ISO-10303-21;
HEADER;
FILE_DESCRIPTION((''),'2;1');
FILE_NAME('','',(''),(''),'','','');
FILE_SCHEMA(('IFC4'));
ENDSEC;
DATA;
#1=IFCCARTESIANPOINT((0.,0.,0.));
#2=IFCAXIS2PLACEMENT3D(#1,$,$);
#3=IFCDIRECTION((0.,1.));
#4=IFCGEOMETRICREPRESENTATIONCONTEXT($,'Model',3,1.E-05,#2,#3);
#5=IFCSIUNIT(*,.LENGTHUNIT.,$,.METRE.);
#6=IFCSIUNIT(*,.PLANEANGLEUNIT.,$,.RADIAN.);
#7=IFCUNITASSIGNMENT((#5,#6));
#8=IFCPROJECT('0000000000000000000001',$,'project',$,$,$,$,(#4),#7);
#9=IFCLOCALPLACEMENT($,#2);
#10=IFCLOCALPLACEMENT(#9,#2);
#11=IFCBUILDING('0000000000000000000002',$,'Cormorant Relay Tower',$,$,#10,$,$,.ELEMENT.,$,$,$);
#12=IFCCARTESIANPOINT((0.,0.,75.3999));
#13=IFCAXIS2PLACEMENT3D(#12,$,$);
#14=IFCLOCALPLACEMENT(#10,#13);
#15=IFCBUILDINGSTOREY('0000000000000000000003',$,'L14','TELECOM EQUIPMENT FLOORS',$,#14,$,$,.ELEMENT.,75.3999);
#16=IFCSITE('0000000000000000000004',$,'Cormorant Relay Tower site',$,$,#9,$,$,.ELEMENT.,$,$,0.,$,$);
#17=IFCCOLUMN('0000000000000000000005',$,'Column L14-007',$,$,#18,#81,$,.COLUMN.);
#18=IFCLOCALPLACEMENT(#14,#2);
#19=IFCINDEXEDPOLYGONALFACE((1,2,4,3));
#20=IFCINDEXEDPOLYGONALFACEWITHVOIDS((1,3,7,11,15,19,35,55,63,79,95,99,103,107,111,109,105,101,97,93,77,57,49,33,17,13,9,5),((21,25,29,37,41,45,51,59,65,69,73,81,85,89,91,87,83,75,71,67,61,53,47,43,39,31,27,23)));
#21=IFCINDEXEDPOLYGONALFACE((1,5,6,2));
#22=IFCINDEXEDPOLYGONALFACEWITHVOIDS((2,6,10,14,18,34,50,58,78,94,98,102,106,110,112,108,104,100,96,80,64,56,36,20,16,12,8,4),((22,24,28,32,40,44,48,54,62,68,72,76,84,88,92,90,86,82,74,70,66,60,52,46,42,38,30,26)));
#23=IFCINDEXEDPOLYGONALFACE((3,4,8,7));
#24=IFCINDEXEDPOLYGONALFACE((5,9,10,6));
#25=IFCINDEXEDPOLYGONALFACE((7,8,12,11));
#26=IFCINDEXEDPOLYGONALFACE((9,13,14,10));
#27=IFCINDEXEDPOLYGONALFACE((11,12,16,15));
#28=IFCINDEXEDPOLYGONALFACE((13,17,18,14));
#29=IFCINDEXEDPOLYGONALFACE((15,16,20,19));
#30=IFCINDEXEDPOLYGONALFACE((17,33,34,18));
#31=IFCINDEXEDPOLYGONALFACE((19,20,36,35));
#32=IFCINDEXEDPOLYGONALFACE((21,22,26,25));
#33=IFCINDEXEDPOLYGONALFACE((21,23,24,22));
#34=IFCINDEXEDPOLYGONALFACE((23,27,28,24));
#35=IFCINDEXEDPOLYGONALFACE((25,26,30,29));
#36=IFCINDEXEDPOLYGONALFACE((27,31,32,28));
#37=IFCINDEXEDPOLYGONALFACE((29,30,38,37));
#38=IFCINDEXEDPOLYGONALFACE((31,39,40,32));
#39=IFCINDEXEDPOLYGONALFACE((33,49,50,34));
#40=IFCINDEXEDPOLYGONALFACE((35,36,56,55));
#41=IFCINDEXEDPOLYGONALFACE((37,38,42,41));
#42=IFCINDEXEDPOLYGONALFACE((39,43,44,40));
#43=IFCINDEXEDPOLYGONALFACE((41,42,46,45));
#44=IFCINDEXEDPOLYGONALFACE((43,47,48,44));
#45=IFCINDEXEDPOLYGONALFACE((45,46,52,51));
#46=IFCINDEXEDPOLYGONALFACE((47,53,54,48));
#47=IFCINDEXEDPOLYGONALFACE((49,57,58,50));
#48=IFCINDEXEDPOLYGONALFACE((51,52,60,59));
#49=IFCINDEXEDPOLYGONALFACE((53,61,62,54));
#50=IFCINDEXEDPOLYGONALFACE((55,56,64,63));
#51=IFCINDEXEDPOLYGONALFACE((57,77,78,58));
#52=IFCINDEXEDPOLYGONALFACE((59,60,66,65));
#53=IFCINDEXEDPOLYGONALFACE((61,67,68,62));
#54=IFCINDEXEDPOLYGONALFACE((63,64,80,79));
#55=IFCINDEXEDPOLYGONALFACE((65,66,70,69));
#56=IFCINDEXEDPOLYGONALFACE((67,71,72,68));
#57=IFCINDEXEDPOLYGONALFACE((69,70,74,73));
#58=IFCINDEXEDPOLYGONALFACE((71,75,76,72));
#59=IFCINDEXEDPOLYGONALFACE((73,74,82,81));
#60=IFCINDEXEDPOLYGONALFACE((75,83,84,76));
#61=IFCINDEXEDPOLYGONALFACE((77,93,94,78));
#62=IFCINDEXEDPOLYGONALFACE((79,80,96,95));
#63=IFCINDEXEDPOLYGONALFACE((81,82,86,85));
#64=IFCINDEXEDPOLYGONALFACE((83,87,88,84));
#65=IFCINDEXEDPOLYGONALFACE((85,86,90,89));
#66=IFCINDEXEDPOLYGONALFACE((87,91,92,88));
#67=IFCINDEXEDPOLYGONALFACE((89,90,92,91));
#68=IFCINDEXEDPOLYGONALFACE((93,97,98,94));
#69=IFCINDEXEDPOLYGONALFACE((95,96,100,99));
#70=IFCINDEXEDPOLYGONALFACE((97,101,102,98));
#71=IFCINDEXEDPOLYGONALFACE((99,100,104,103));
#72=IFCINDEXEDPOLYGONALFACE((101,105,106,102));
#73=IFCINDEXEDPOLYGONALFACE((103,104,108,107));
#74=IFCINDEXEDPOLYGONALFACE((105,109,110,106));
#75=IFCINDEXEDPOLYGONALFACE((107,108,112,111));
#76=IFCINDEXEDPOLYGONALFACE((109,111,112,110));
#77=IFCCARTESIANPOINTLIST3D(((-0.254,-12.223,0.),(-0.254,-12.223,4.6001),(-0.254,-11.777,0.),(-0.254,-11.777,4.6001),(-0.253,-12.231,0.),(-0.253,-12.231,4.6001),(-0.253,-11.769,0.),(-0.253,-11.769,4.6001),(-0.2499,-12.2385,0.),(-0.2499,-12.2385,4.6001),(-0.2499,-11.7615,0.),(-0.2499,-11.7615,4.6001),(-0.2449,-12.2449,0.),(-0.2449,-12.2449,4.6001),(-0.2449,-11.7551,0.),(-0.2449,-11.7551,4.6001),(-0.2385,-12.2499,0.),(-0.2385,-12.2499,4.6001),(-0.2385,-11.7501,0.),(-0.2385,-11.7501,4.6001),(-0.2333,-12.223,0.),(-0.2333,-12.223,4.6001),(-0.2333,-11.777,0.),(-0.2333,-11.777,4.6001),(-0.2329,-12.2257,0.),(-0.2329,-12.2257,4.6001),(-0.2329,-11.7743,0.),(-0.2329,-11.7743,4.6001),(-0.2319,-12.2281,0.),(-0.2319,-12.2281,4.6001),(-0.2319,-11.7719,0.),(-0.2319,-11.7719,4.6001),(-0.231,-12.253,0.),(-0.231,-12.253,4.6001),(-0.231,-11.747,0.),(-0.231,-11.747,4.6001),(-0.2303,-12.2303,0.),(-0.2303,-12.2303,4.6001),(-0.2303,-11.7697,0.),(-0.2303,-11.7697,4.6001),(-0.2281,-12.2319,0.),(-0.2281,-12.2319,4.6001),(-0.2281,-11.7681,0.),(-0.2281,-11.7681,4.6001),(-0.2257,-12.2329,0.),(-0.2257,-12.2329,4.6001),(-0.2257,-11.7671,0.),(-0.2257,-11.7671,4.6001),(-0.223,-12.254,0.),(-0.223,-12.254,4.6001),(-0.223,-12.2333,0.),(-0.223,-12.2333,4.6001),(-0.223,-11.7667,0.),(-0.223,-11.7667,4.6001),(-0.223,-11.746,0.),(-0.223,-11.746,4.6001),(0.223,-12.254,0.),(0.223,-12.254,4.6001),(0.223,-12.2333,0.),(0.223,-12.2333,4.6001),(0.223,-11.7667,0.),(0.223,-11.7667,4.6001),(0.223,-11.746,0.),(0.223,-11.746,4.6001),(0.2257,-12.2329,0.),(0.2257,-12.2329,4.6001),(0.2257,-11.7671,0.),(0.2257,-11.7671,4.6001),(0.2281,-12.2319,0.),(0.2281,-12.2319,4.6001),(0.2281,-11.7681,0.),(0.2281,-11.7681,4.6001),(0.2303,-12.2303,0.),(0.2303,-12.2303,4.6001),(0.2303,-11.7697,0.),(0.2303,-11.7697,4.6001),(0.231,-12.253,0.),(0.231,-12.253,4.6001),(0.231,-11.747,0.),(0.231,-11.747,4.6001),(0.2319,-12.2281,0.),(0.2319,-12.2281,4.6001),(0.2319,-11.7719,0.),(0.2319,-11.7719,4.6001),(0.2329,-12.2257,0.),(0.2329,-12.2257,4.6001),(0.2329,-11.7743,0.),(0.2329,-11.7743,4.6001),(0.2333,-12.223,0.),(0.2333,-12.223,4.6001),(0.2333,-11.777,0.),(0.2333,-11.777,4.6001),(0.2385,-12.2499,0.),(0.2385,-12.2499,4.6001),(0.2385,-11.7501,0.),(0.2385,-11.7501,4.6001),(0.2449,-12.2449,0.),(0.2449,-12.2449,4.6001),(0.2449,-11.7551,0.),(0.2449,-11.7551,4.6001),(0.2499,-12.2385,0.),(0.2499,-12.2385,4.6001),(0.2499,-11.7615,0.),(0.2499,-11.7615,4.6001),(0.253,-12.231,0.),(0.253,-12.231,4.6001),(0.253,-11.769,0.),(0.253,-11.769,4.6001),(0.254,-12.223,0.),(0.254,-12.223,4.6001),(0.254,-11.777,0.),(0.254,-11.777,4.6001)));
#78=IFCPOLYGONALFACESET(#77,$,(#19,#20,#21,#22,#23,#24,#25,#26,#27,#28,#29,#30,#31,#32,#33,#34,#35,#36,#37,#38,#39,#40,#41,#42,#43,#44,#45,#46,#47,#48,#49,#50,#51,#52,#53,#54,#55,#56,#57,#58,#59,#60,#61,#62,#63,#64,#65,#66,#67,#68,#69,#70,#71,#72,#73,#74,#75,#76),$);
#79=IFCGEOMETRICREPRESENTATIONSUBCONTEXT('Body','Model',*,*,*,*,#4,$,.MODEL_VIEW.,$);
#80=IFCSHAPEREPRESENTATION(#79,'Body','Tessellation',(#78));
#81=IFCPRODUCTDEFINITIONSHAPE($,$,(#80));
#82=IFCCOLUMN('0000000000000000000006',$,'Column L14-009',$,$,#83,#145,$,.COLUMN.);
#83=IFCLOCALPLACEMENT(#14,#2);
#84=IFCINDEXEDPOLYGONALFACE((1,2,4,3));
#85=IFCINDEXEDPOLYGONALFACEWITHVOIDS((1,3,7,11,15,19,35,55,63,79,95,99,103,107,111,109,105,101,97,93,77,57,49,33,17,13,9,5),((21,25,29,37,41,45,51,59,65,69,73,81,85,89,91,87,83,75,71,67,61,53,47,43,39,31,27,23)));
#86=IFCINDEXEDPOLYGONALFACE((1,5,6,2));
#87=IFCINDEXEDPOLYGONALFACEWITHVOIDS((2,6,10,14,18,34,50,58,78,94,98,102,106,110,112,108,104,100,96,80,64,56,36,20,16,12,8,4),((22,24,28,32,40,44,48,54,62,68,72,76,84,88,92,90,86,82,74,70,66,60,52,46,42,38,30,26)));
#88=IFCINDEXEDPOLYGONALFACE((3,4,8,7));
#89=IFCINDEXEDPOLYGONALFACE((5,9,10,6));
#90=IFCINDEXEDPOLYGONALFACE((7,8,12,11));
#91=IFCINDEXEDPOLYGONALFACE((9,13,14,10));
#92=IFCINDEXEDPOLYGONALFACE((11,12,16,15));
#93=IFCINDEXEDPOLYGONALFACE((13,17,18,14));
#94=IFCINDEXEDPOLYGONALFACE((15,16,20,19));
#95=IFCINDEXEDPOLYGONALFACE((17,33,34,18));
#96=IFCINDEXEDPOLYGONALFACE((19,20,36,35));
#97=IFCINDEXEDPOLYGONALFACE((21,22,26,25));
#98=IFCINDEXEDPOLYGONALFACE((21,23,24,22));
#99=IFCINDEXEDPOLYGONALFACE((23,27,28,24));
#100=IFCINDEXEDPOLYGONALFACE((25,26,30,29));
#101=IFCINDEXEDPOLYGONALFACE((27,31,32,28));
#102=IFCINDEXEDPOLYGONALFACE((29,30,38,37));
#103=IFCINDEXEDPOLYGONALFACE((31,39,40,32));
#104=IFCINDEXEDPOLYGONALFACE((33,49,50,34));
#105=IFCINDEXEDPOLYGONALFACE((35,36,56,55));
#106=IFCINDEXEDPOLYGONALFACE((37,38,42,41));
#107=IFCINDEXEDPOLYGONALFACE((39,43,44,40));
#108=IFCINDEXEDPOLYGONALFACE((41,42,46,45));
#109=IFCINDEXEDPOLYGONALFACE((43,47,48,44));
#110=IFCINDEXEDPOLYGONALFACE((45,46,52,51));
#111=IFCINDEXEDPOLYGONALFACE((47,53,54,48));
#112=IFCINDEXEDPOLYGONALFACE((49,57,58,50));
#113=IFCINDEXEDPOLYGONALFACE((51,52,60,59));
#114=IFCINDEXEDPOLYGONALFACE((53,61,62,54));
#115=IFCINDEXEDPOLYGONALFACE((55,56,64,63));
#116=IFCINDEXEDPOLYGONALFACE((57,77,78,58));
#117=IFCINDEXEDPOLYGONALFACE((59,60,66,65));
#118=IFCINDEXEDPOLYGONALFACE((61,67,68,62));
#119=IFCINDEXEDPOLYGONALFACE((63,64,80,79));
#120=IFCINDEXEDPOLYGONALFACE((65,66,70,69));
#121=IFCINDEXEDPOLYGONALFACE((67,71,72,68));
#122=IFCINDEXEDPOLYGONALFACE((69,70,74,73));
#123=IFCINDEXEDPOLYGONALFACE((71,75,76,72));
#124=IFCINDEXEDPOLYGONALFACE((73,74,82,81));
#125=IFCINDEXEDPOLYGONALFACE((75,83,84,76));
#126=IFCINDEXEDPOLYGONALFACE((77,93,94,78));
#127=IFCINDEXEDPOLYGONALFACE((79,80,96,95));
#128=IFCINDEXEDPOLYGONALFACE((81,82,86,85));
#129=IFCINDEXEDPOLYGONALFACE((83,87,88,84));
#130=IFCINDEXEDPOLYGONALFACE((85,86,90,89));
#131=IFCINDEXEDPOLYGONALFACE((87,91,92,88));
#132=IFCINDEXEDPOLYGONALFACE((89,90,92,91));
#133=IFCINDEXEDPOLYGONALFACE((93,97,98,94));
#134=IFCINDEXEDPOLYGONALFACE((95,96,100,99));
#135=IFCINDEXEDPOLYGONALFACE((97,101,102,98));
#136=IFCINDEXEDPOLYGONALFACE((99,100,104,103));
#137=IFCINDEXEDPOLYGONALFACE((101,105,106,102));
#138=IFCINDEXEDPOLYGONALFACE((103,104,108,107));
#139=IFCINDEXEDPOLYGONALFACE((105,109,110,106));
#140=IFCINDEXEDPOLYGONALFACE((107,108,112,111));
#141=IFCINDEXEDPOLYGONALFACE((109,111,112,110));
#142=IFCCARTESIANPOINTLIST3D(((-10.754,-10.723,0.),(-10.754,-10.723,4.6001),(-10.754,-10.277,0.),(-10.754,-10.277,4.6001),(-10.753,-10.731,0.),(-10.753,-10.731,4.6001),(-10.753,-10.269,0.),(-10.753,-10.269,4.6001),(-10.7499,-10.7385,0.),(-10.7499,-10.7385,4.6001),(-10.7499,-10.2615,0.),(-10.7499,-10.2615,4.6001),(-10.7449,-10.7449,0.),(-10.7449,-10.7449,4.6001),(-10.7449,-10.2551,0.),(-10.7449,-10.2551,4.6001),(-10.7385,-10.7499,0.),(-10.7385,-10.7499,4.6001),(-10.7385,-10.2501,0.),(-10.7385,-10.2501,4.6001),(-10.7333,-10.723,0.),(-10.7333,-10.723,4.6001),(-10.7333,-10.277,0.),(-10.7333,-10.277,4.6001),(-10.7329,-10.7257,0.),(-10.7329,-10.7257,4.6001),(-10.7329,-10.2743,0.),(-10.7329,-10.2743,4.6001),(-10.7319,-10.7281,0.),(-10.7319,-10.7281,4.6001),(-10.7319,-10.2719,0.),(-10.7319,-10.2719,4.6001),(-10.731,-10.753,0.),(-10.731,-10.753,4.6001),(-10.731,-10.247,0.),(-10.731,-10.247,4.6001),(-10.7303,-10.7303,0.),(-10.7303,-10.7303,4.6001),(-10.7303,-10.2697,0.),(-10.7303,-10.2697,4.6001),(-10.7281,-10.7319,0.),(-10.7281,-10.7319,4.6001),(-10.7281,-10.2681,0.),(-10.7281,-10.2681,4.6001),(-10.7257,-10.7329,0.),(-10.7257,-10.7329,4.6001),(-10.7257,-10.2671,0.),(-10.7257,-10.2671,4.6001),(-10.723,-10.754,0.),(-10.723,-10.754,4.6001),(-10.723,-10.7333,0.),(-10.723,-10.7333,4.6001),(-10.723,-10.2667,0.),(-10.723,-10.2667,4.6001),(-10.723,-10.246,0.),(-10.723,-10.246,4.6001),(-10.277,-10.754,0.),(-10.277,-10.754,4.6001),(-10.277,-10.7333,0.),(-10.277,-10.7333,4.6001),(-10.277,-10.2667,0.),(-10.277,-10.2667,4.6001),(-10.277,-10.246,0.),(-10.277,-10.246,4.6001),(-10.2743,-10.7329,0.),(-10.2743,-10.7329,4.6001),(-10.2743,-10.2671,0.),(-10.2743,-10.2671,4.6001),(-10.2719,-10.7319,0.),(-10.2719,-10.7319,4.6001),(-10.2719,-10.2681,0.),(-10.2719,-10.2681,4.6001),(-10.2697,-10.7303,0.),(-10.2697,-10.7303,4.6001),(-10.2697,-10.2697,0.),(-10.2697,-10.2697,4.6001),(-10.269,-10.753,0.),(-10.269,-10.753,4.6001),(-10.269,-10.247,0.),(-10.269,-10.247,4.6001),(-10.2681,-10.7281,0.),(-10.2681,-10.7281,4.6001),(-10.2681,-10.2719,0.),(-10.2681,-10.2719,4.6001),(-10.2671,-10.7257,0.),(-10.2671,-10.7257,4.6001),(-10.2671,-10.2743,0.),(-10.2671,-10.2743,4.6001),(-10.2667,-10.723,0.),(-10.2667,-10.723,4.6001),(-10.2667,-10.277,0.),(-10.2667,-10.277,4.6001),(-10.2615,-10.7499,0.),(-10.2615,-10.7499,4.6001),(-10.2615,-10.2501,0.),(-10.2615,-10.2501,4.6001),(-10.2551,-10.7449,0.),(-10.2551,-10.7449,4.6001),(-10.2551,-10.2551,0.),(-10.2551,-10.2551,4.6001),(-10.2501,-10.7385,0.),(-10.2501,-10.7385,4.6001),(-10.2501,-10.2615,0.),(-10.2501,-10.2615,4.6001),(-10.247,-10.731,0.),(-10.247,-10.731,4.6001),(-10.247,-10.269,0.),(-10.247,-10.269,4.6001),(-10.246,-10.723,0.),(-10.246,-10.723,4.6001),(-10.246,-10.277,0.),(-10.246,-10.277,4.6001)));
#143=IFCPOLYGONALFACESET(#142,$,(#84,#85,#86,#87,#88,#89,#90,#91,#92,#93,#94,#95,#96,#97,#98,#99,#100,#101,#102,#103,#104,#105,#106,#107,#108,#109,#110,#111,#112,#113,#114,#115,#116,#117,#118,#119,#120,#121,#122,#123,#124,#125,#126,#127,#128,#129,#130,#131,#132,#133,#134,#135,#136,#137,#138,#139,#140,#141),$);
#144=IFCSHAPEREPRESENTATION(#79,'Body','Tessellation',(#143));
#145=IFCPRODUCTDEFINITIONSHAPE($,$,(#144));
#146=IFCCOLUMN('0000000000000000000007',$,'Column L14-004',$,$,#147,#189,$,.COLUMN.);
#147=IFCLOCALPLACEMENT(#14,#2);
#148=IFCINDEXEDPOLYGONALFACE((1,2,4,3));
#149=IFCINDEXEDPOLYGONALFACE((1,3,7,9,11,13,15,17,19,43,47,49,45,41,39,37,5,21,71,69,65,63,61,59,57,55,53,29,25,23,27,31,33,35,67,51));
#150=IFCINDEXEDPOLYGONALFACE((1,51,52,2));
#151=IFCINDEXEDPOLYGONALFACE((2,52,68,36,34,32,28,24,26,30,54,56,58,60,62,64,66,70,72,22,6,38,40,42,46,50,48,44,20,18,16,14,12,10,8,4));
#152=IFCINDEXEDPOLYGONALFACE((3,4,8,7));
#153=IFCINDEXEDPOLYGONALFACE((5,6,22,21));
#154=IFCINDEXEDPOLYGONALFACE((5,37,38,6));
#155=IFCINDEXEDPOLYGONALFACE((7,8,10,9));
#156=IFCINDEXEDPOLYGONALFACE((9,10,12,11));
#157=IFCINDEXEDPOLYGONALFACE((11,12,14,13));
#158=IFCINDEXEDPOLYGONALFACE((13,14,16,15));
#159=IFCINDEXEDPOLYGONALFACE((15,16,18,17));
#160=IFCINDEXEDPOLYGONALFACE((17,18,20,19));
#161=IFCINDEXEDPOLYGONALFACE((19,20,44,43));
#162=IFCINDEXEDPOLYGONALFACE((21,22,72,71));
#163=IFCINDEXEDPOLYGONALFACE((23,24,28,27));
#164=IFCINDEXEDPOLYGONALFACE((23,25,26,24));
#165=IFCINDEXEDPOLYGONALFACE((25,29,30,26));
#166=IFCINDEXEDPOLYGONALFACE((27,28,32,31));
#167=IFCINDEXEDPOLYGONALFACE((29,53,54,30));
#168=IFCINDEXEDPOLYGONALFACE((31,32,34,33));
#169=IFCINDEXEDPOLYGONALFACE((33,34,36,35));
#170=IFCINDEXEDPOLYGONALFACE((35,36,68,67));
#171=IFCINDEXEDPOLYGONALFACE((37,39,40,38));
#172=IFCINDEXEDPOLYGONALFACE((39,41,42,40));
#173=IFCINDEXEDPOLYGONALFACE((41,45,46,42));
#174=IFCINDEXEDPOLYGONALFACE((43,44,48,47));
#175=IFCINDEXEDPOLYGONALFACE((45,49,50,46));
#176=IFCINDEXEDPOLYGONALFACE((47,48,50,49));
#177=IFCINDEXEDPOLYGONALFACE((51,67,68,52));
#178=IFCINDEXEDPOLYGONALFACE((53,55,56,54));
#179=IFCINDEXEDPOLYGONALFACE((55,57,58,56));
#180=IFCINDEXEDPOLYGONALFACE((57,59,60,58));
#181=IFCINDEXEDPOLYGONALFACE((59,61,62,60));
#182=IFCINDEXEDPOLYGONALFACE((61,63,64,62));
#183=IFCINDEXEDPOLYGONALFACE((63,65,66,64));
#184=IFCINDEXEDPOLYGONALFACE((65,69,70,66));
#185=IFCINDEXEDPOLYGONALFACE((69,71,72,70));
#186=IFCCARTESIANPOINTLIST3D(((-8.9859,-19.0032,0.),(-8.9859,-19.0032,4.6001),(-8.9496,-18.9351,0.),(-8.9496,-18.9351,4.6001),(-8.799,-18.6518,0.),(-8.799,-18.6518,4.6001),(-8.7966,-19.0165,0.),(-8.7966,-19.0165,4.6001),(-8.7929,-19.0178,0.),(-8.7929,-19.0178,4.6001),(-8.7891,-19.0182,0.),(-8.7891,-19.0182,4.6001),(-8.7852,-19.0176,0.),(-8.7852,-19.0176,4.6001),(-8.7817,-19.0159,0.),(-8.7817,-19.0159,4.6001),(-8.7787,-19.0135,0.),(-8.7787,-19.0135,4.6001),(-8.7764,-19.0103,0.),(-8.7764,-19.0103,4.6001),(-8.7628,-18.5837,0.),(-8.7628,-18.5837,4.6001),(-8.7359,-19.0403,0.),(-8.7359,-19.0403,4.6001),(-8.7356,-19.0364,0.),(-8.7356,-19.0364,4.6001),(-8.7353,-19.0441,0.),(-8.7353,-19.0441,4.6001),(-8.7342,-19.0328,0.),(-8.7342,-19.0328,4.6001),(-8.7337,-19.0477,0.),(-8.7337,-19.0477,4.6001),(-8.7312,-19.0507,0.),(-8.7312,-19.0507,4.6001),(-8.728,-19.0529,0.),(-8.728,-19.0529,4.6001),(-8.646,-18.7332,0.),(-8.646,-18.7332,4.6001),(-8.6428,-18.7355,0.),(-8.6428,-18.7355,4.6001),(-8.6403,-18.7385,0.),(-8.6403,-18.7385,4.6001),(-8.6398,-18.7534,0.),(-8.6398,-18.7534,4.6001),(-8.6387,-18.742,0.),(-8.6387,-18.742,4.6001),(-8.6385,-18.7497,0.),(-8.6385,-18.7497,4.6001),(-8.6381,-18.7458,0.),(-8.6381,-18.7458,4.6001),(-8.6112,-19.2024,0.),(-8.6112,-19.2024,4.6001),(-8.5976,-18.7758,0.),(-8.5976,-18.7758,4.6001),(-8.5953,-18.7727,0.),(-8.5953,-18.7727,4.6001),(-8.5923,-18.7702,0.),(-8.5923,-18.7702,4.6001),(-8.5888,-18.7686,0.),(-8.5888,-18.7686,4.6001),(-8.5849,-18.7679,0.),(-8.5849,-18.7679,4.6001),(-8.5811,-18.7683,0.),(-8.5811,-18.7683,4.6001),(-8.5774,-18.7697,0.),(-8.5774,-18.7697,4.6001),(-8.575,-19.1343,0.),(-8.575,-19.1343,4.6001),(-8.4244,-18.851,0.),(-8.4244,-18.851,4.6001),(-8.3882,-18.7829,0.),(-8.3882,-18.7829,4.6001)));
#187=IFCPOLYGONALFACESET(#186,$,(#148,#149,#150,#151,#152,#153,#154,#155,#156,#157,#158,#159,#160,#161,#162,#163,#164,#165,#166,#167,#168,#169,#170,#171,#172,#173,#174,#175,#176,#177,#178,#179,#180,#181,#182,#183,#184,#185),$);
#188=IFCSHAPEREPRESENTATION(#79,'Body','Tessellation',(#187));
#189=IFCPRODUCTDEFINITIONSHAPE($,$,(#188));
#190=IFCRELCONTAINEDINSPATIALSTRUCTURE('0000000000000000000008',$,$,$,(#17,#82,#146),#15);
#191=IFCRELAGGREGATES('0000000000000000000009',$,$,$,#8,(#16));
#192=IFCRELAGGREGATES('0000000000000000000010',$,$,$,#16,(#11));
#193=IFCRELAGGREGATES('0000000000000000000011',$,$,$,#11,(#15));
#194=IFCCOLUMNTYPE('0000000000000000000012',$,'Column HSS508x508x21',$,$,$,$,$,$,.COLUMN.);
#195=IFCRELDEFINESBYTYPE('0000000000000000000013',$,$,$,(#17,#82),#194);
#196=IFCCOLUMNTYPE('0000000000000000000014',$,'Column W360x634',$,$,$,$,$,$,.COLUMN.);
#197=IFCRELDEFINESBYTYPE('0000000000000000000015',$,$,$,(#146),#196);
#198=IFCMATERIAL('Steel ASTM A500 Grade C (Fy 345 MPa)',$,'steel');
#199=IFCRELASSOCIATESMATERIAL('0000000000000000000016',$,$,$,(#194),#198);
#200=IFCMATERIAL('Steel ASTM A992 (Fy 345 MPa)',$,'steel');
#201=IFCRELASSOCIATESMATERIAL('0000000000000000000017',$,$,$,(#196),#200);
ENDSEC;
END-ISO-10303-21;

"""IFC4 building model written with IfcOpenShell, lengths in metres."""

from ifc_helpers import new_model, si_unit, direction, frame, origin, origin_2d, place, context, subcontext, project, spatial, hollow_rectangle, i_section, extrude, material, material_profile, profile_set, type_object, element, save


model = new_model("IFC4")

# Units and contexts
model_context = context("Model", 3, precision=1e-05, world=origin(), true_north=direction((0.0, 1.0)))
body_context = subcontext(model_context, "Body", "Model", "MODEL_VIEW")
ifc_project = project(units=[si_unit("LENGTHUNIT", "METRE"), si_unit("PLANEANGLEUNIT", "RADIAN")], contexts=[model_context])

# Site, building, storey
site_placement = place(None, origin())
site = spatial("IfcSite", under=ifc_project, at=site_placement, Name="Cormorant Relay Tower site", CompositionType="ELEMENT", RefElevation=0.0)
building_placement = place(site_placement, origin())
building = spatial("IfcBuilding", under=site, at=building_placement, Name="Cormorant Relay Tower", CompositionType="ELEMENT")
storey_placement = place(building_placement, frame((0.0, 0.0, 75.3999)))
storey = spatial("IfcBuildingStorey", under=building, at=storey_placement, Name="L14", Description="TELECOM EQUIPMENT FLOORS", CompositionType="ELEMENT", Elevation=75.3999)

# Columns
ifc_material_1 = material(Name="Steel ASTM A500 Grade C (Fy 345 MPa)", Category="steel")
ifc_material_profile_1 = material_profile(ifc_material_1, hollow_rectangle(XDim=0.5081, YDim=0.5081, WallThickness=0.0208, InnerFilletRadius=0.0103, OuterFilletRadius=0.031, at=origin_2d()), Name="HSS508x508x21")
ifc_profile_set_1 = profile_set([ifc_material_profile_1], Name="Steel ASTM A500 Grade C (Fy 345 MPa)")
column_type_1 = type_object("IfcColumnType", Name="Column HSS508x508x21", PredefinedType="COLUMN", material=ifc_profile_set_1)
for number, where, z_axis, x_axis, name in (
    (1, (0.0, -12.0, 0.0), (0.0, 0.0, 1.0), (1.0, 0.0, 0.0), "Column L14-007"),
    (2, (-10.5, -10.5, 0.0), (0.0, 0.0, 1.0), (1.0, 0.0, 0.0), "Column L14-009"),
):
    element("IfcColumn", number, at=place(storey_placement, frame(where, z_axis=z_axis, x_axis=x_axis)), inside=storey, type_object=column_type_1, Name=name, PredefinedType="COLUMN", context=body_context, shape_type="SweptSolid", body=[
        extrude(hollow_rectangle(XDim=0.5081, YDim=0.5081, WallThickness=0.0208, InnerFilletRadius=0.0103, OuterFilletRadius=0.031, at=origin_2d()), origin(), (0.0, 0.0, 1.0), 4.6001),
    ])
ifc_material_2 = material(Name="Steel ASTM A992 (Fy 345 MPa)", Category="steel")
ifc_material_profile_2 = material_profile(ifc_material_2, i_section(OverallWidth=0.4243, OverallDepth=0.4751, WebThickness=0.0479, FlangeThickness=0.0771, FilletRadius=0.0149, at=origin_2d()), Name="W360x634")
ifc_profile_set_2 = profile_set([ifc_material_profile_2], Name="Steel ASTM A992 (Fy 345 MPa)")
column_type_2 = type_object("IfcColumnType", Name="Column W360x634", PredefinedType="COLUMN", material=ifc_profile_set_2)
for number, where, z_axis, x_axis, name in (
    (3, (-8.687, -18.8931, 0.0), (0.0, 0.0, 1.0), (0.882948, -0.469472, 0.0), "Column L14-004"),
):
    element("IfcColumn", number, at=place(storey_placement, frame(where, z_axis=z_axis, x_axis=x_axis)), inside=storey, type_object=column_type_2, Name=name, PredefinedType="COLUMN", context=body_context, shape_type="SweptSolid", body=[
        extrude(i_section(OverallWidth=0.4243, OverallDepth=0.4751, WebThickness=0.0479, FlangeThickness=0.0771, FilletRadius=0.0149, at=origin_2d()), origin(), (0.0, 0.0, 1.0), 4.6001),
    ])

save(model, "model.ifc")
